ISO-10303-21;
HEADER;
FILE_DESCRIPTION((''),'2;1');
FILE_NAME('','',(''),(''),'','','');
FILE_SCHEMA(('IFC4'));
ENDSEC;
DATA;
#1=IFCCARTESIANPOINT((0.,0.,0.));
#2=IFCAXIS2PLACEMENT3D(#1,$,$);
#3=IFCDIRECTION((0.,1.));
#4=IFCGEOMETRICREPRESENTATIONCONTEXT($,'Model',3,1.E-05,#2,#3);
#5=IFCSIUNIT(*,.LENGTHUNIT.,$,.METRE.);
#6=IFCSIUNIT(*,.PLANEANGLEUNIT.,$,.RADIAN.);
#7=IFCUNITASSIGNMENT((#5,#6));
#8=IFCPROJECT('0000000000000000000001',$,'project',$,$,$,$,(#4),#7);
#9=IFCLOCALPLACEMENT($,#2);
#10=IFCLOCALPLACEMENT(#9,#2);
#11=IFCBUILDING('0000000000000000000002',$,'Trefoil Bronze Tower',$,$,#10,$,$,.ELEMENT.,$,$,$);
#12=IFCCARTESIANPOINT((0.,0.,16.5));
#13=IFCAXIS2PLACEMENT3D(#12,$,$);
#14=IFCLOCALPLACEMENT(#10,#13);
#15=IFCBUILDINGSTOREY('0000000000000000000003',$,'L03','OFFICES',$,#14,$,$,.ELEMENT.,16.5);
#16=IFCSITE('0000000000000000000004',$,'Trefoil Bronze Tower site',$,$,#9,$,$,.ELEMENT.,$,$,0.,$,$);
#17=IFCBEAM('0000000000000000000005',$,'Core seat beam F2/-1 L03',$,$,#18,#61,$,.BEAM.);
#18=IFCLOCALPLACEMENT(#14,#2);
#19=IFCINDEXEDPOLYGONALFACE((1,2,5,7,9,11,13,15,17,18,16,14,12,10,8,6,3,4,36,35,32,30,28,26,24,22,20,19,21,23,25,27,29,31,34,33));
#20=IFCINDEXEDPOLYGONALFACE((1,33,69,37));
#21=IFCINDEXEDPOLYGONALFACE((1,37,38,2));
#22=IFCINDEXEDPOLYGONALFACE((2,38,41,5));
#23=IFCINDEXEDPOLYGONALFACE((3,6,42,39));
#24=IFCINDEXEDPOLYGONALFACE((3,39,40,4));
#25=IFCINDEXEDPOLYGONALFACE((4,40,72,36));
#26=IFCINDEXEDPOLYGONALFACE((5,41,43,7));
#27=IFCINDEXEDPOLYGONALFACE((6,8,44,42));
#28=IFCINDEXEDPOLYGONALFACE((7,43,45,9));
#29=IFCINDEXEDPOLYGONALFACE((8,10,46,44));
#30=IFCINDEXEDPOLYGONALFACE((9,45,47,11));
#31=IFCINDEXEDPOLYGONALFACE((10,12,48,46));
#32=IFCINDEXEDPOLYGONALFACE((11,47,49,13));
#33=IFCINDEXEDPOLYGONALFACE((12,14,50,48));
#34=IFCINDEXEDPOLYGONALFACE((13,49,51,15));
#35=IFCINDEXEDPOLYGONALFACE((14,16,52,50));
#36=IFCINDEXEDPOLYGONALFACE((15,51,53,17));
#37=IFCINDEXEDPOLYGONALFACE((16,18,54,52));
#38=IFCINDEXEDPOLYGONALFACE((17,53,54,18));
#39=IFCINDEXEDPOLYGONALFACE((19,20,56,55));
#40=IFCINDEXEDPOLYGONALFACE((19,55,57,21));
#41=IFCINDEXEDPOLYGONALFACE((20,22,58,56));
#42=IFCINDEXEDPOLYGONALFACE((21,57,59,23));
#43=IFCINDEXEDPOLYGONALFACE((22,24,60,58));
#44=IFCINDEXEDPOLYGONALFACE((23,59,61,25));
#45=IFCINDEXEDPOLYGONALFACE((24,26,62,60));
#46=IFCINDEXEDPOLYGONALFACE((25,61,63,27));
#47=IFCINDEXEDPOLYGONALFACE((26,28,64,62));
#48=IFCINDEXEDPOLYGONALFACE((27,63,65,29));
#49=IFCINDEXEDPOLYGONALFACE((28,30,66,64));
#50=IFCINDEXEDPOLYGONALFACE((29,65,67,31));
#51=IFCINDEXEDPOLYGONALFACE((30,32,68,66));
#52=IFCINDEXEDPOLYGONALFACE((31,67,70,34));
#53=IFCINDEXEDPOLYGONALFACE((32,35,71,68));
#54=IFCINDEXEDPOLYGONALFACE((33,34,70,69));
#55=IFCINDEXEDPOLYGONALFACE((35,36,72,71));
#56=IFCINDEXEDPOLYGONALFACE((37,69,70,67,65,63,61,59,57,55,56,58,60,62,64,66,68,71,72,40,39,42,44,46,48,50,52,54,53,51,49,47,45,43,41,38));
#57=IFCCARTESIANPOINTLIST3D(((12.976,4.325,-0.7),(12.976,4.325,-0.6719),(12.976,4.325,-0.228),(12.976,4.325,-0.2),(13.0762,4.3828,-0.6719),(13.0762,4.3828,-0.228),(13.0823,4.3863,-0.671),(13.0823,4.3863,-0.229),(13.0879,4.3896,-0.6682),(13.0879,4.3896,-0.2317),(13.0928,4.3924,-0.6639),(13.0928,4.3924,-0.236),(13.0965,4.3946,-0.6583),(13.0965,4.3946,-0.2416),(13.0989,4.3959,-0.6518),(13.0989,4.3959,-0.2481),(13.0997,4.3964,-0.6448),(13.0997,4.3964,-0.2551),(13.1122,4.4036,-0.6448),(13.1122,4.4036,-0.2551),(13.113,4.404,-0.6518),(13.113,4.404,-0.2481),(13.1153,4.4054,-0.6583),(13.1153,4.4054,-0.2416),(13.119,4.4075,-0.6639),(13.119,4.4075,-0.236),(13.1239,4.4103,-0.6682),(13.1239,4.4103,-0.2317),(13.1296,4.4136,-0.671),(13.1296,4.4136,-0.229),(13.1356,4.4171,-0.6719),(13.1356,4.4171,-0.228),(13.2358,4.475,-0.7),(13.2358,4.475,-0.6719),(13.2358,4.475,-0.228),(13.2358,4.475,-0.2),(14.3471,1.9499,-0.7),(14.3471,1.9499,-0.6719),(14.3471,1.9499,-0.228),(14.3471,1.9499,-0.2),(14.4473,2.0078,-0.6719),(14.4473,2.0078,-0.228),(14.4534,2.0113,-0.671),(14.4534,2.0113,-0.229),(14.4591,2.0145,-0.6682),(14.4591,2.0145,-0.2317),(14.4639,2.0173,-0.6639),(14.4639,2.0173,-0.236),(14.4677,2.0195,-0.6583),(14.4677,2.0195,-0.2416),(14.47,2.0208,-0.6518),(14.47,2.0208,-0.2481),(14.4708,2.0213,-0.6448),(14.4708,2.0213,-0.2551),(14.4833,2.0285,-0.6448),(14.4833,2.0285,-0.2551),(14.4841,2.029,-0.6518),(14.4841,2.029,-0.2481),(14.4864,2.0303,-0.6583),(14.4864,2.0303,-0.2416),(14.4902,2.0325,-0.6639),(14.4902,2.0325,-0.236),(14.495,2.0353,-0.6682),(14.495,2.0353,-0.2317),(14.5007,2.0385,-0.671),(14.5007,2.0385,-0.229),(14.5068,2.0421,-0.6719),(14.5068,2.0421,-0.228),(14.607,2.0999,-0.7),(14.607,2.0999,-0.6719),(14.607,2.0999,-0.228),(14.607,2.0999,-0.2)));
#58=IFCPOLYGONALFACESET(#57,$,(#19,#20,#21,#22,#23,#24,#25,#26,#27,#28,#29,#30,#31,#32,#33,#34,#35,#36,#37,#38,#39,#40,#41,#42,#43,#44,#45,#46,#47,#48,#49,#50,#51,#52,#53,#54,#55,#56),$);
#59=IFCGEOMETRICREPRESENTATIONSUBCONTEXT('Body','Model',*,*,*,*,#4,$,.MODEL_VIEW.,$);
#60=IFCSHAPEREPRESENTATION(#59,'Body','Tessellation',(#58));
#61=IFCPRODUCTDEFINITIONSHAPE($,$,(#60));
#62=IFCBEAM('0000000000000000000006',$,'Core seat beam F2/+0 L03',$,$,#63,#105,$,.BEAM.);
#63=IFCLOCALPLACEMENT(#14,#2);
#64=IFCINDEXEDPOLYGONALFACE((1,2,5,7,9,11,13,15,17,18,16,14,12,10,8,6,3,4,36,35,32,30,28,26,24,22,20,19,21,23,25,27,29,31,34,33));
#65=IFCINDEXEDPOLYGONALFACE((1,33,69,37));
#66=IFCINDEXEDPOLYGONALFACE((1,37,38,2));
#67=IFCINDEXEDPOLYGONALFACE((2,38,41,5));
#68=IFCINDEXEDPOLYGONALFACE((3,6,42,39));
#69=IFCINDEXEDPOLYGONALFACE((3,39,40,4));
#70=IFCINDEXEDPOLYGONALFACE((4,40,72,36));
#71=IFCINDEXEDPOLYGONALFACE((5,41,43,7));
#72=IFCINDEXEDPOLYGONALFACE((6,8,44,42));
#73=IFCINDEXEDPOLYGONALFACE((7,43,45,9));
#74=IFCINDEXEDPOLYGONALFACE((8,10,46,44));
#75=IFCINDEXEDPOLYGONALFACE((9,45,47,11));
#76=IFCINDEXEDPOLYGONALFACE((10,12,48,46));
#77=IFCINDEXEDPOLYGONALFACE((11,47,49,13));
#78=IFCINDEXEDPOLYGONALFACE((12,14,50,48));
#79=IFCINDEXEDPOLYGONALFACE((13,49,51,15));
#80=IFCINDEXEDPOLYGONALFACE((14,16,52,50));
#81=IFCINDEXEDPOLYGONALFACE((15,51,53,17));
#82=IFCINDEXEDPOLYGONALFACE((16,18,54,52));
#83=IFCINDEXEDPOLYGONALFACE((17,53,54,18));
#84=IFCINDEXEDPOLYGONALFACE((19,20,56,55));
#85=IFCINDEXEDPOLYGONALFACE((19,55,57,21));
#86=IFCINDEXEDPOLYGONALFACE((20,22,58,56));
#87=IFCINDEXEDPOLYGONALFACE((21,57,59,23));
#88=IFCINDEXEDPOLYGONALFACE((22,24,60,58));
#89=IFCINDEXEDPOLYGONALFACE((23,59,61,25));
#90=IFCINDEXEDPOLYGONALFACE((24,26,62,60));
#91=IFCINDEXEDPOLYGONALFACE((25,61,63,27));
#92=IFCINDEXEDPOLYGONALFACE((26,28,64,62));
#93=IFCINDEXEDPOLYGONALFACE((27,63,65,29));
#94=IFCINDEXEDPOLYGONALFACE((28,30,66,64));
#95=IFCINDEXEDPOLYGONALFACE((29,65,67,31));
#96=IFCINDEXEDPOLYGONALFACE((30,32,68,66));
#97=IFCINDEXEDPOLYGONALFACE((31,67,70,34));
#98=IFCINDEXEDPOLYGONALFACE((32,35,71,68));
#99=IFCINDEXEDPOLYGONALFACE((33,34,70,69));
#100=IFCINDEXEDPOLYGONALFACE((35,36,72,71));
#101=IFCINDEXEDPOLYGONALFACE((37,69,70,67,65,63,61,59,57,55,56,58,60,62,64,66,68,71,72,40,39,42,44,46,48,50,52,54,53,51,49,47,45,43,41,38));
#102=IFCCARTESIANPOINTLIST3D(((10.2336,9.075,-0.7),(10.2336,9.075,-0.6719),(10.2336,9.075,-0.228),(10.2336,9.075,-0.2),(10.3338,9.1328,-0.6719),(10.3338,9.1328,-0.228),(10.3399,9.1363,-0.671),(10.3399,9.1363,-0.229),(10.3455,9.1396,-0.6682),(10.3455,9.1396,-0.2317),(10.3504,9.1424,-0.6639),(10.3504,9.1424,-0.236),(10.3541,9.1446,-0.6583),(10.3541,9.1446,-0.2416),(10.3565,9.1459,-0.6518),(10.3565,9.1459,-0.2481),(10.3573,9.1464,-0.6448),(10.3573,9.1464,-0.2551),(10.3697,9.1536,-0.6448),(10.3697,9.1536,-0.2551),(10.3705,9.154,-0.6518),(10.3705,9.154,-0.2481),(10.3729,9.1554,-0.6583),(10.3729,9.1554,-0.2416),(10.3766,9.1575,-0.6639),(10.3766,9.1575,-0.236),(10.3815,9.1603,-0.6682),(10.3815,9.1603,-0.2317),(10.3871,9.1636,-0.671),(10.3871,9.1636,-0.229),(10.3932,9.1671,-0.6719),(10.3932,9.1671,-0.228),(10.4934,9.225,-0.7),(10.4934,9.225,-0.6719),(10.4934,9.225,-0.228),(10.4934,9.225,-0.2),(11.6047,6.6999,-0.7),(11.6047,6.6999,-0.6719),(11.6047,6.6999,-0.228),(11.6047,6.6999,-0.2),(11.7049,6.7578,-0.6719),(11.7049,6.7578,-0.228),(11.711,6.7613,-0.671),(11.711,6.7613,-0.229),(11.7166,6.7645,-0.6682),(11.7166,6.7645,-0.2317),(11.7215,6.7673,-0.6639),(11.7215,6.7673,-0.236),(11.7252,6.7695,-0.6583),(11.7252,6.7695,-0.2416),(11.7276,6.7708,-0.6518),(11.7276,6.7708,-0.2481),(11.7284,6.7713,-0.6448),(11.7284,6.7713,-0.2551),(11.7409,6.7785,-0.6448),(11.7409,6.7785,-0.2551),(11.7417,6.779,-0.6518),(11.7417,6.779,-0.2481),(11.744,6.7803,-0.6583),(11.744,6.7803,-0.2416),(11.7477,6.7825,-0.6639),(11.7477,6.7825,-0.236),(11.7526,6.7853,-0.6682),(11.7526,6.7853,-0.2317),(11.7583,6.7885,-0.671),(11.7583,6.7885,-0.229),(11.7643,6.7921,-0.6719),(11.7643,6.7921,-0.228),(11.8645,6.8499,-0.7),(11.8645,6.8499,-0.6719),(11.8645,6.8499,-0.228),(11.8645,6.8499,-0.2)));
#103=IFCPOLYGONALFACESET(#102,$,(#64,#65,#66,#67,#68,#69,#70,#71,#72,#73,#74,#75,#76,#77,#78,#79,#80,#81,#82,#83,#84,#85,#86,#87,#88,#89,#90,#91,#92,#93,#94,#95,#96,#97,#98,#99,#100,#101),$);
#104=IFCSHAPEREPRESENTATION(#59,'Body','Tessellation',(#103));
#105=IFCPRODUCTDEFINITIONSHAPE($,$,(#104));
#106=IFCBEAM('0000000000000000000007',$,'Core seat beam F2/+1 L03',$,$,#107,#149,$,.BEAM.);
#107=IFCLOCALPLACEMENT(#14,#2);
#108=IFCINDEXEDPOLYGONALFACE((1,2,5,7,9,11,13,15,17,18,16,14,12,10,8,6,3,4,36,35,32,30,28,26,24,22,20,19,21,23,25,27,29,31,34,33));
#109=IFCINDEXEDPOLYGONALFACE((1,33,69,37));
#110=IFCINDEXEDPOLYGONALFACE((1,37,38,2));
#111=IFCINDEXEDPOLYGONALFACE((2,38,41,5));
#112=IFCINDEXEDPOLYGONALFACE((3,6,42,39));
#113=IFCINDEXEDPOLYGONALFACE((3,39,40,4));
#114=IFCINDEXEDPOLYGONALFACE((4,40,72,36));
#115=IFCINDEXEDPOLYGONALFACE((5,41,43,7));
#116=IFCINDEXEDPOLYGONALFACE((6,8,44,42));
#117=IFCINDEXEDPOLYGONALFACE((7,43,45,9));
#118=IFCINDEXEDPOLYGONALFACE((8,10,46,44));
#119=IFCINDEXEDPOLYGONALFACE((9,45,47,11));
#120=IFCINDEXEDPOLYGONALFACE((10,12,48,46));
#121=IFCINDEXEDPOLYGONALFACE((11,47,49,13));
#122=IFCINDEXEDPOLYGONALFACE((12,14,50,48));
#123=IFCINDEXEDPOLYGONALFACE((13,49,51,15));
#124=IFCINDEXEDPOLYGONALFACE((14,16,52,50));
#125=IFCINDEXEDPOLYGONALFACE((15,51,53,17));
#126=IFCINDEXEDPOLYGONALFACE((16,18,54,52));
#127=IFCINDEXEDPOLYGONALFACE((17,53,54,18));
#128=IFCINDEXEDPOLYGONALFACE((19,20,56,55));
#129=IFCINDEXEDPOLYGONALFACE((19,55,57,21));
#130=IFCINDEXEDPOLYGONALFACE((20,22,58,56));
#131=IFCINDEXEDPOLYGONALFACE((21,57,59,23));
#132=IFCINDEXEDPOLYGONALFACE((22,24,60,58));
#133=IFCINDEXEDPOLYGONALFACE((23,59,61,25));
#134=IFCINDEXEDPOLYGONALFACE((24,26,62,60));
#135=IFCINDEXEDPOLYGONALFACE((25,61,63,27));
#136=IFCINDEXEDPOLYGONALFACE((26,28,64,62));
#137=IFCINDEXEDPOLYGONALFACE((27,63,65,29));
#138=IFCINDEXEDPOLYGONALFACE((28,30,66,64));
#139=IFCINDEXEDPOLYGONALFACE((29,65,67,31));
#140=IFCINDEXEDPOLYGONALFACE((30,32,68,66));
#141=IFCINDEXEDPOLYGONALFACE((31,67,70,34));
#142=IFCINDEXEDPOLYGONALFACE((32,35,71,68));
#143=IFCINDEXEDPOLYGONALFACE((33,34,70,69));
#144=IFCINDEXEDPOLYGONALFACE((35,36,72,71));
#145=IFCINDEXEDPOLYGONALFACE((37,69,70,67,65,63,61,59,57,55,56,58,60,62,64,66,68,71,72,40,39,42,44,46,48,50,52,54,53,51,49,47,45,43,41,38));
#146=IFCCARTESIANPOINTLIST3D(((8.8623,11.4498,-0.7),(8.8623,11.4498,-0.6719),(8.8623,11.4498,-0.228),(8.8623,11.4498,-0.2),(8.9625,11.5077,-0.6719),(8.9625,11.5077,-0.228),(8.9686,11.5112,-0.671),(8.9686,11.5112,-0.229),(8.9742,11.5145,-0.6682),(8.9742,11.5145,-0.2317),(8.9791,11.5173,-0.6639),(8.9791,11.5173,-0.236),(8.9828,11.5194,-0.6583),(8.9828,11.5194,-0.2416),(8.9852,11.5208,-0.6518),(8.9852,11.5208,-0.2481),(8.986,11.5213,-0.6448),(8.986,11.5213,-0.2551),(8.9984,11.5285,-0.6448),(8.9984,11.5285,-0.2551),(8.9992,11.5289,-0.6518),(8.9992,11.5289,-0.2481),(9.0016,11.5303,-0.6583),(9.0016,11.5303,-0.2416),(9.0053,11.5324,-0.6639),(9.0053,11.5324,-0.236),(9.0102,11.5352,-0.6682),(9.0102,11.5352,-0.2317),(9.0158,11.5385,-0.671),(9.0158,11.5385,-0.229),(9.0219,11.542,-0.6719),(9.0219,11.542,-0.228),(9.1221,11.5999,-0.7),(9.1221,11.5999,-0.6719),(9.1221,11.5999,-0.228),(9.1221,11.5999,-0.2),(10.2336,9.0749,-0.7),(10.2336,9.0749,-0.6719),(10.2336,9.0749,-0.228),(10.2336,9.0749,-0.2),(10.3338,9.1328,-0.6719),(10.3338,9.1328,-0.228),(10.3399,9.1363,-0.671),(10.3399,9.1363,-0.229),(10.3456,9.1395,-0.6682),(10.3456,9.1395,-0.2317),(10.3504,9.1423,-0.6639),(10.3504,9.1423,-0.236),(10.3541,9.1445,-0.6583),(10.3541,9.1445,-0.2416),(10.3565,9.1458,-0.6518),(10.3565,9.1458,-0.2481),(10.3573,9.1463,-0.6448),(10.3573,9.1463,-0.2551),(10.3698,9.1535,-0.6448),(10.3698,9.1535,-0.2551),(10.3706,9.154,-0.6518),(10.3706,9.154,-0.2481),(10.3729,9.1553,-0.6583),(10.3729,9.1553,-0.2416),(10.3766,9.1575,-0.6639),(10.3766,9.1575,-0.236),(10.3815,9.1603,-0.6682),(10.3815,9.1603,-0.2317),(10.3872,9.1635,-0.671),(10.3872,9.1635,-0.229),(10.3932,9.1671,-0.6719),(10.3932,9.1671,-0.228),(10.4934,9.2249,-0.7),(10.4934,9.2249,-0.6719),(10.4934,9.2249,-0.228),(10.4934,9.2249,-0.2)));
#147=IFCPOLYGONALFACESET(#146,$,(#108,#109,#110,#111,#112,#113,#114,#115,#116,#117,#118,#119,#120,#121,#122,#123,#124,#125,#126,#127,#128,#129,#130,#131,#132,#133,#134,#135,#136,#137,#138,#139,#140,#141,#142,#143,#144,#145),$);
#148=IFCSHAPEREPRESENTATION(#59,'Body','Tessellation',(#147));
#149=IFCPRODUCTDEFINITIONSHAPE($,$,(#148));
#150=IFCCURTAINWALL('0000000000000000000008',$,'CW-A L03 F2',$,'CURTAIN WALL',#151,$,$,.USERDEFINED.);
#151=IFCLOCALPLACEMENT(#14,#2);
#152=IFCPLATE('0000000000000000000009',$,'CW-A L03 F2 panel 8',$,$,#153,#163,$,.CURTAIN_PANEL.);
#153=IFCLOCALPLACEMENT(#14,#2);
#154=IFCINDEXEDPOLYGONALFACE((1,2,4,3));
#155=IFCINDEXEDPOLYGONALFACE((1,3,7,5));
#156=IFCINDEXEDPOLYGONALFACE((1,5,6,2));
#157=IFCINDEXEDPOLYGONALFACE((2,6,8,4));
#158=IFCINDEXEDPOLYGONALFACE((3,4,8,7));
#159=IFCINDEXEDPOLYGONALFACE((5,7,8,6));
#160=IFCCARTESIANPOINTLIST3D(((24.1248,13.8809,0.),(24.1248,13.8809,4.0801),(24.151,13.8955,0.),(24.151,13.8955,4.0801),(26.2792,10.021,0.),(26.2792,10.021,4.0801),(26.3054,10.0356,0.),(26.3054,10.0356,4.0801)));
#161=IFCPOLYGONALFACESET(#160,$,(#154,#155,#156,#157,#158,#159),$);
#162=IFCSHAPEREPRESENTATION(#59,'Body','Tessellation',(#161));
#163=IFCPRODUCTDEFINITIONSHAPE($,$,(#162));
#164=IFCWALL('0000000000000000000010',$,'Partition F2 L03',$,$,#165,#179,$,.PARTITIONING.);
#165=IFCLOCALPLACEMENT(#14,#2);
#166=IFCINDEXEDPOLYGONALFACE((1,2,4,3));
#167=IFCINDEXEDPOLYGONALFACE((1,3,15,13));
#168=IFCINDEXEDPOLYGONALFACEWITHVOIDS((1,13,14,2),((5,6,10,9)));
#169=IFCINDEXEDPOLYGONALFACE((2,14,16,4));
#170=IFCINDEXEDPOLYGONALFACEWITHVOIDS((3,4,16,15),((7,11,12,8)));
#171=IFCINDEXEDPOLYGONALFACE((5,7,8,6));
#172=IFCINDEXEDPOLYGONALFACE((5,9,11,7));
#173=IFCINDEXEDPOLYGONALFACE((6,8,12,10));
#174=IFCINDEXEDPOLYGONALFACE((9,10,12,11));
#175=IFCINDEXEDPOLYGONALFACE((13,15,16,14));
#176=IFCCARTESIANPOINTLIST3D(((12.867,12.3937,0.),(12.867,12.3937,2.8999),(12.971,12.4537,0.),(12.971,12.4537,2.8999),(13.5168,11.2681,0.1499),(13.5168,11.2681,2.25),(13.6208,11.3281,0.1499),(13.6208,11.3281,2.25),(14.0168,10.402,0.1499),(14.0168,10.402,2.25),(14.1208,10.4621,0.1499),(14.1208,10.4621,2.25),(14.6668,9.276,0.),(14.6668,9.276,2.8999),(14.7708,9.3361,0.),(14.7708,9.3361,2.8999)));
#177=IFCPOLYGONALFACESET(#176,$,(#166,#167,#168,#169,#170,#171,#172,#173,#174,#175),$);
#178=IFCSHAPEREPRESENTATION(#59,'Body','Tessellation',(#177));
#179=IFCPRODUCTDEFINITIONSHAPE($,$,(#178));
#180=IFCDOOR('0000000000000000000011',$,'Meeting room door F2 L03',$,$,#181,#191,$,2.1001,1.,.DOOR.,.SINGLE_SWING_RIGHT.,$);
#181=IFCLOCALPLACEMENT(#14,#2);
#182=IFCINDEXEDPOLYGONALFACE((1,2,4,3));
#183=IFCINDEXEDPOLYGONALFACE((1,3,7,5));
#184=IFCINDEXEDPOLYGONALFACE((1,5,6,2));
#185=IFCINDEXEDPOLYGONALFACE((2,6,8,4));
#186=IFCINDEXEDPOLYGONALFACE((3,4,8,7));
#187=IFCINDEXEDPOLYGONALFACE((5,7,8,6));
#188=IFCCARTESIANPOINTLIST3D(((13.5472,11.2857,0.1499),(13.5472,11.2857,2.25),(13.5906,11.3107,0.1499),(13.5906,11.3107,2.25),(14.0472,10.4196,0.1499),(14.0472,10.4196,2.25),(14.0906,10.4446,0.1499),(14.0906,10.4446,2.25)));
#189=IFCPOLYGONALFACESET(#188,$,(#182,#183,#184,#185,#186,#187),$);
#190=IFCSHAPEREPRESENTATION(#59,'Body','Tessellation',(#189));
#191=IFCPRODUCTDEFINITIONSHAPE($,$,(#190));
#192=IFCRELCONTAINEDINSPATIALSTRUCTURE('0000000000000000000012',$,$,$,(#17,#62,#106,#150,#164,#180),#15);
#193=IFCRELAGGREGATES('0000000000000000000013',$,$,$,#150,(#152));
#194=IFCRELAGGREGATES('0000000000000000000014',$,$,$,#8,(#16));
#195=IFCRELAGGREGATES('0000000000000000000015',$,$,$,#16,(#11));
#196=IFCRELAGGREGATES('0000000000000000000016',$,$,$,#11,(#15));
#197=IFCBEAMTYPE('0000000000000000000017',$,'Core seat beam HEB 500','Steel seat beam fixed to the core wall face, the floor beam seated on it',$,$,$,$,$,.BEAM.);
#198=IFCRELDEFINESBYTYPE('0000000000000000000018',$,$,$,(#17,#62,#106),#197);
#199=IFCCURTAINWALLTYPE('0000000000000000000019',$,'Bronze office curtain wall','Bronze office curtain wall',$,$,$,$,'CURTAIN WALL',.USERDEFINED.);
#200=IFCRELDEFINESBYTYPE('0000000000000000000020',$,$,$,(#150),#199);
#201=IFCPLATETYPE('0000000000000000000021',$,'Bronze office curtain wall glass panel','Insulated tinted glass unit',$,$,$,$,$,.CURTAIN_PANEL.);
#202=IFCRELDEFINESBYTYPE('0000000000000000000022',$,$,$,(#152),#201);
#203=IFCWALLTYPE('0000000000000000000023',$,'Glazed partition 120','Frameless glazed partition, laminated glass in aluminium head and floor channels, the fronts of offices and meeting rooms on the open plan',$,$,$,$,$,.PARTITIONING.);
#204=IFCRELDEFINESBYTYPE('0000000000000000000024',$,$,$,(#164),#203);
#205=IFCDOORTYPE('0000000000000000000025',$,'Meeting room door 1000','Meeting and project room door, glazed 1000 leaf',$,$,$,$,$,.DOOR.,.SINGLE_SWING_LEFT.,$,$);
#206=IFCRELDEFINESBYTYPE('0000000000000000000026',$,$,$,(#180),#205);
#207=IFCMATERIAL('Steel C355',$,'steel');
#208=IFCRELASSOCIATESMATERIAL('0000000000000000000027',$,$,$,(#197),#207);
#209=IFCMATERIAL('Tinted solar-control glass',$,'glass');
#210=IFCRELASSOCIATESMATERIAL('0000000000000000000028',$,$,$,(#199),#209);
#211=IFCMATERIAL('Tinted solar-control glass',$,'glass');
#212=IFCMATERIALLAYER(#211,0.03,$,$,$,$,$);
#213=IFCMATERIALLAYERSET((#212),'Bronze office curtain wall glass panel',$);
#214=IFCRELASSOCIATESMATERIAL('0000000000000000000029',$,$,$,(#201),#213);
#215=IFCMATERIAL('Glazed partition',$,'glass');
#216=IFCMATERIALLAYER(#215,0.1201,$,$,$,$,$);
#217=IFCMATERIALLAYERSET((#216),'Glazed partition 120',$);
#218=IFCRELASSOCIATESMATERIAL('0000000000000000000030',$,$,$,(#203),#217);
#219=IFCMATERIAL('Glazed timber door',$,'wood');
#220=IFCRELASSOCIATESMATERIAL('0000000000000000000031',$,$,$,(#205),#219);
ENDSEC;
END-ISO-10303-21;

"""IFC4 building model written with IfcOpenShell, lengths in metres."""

from ifc_helpers import new_model, si_unit, direction, frame, frame_2d, origin, origin_2d, place, context, subcontext, project, spatial, rectangle, i_section, extrude, material, layer, layer_set, material_profile, profile_set, type_object, element, fill, aggregate, save


model = new_model("IFC4")

# Units and contexts
model_context = context("Model", 3, precision=1e-05, world=origin(), true_north=direction((0.0, 1.0)))
body_context = subcontext(model_context, "Body", "Model", "MODEL_VIEW")
ifc_project = project(units=[si_unit("LENGTHUNIT", "METRE"), si_unit("PLANEANGLEUNIT", "RADIAN")], contexts=[model_context])

# Site, building, storey
site_placement = place(None, origin())
site = spatial("IfcSite", under=ifc_project, at=site_placement, Name="Trefoil Bronze Tower site", CompositionType="ELEMENT", RefElevation=0.0)
building_placement = place(site_placement, origin())
building = spatial("IfcBuilding", under=site, at=building_placement, Name="Trefoil Bronze Tower", CompositionType="ELEMENT")
storey_placement = place(building_placement, frame((0.0, 0.0, 16.5)))
storey = spatial("IfcBuildingStorey", under=building, at=storey_placement, Name="L03", Description="OFFICES", CompositionType="ELEMENT", Elevation=16.5)

# Beams
ifc_material_1 = material(Name="Steel C355", Category="steel")
ifc_material_profile = material_profile(ifc_material_1, i_section(OverallWidth=0.3, OverallDepth=0.5, WebThickness=0.0144, FlangeThickness=0.0281, FilletRadius=0.0271, at=origin_2d()), Name="HEB 500")
ifc_profile_set = profile_set([ifc_material_profile], Name="Steel C355")
beam_type = type_object("IfcBeamType", Name="Core seat beam HEB 500", Description="Steel seat beam fixed to the core wall face, the floor beam seated on it", PredefinedType="BEAM", material=ifc_profile_set)
for number, where, z_axis, x_axis, name in (
    (1, (14.4771, 2.0249, -0.45), (-0.499969, 0.866043, 0.0), (-0.866043, -0.499969, 0.0), "Core seat beam F2/-1 L03"),
    (2, (11.7346, 6.7749, -0.45), (-0.499969, 0.866043, 0.0), (-0.866043, -0.499969, 0.0), "Core seat beam F2/+0 L03"),
    (3, (10.3635, 9.1499, -0.45), (-0.500036, 0.866005, 0.0), (-0.866005, -0.500036, 0.0), "Core seat beam F2/+1 L03"),
):
    element("IfcBeam", number, at=place(storey_placement, frame(where, z_axis=z_axis, x_axis=x_axis)), inside=storey, type_object=beam_type, Name=name, PredefinedType="BEAM", context=body_context, shape_type="SweptSolid", body=[
        extrude(i_section(OverallWidth=0.3, OverallDepth=0.5, WebThickness=0.0144, FlangeThickness=0.0281, FilletRadius=0.0271, at=origin_2d()), origin(), (0.0, 0.0, 1.0), 2.7424),
    ])

# Curtain wall, plate
ifc_material_2 = material(Name="Tinted solar-control glass", Category="glass")
curtain_wall_type = type_object("IfcCurtainWallType", Name="Bronze office curtain wall", Description="Bronze office curtain wall", ElementType="CURTAIN WALL", PredefinedType="USERDEFINED", material=ifc_material_2)
curtain_wall_placement = place(storey_placement, origin())
curtain_wall = element("IfcCurtainWall", 4, at=curtain_wall_placement, inside=storey, type_object=curtain_wall_type, Name="CW-A L03 F2", ObjectType="CURTAIN WALL", PredefinedType="USERDEFINED")
ifc_material_3 = material(Name="Tinted solar-control glass", Category="glass")
ifc_layer_1 = layer(ifc_material_3, 0.03)
ifc_layer_set_1 = layer_set([ifc_layer_1], Name="Bronze office curtain wall glass panel")
plate_type = type_object("IfcPlateType", Name="Bronze office curtain wall glass panel", Description="Insulated tinted glass unit", PredefinedType="CURTAIN_PANEL", material=ifc_layer_set_1)
plate_placement = place(storey_placement, frame((25.2151, 11.9583, 0.0), z_axis=(0.0, 0.0, 1.0), x_axis=(-0.487382, 0.873189, 0.0)))
plate = element("IfcPlate", 5, at=plate_placement, type_object=plate_type, Name="CW-A L03 F2 panel 8", PredefinedType="CURTAIN_PANEL", context=body_context, shape_type="SweptSolid", body=[
    extrude(rectangle(XDim=4.4204, YDim=0.03, at=origin_2d()), origin(), (0.0, 0.0, 1.0), 4.0801),
])
aggregate(curtain_wall, [plate])

# Wall, opening, door
ifc_material_4 = material(Name="Glazed partition", Category="glass")
ifc_layer_2 = layer(ifc_material_4, 0.1201)
ifc_layer_set_2 = layer_set([ifc_layer_2], Name="Glazed partition 120")
wall_type_1 = type_object("IfcWallType", Name="Glazed partition 120", Description="Frameless glazed partition, laminated glass in aluminium head and floor channels, the fronts of offices and meeting rooms on the open plan", PredefinedType="PARTITIONING", material=ifc_layer_set_2)
wall_1_placement = place(storey_placement, frame((14.7188, 9.3062, 0.0), z_axis=(0.0, 0.0, 1.0), x_axis=(-0.499961, 0.866048, 0.0)))
wall_1 = element("IfcWall", 6, at=wall_1_placement, inside=storey, type_object=wall_type_1, Name="Partition F2 L03", PredefinedType="PARTITIONING", context=body_context, shape_type="SweptSolid", body=[
    extrude(rectangle(XDim=3.5999, YDim=0.1201, at=frame_2d((1.7998, 0.0))), origin(), (0.0, 0.0, 1.0), 2.8999),
])
opening_1_placement = place(wall_1_placement, frame((1.3, 0.0, 0.1499)))
opening_1 = element("IfcOpeningElement", 7, at=opening_1_placement, cuts=wall_1, PredefinedType="OPENING", context=body_context, shape_type="SweptSolid", body=[
    extrude(rectangle(XDim=1.0, YDim=2.1001, at=frame_2d((0.5, 1.05))), frame((0.0, 0.0701, 0.0), z_axis=(0.0, -1.0, 0.0), x_axis=(1.0, 0.0, 0.0)), (0.0, 0.0, 1.0), 0.1401),
])
ifc_material_5 = material(Name="Glazed timber door", Category="wood")
door_type_1 = type_object("IfcDoorType", Name="Meeting room door 1000", Description="Meeting and project room door, glazed 1000 leaf", OperationType="SINGLE_SWING_LEFT", PredefinedType="DOOR", material=ifc_material_5)
door_1_placement = place(opening_1_placement, origin())
door_1 = element("IfcDoor", 8, at=door_1_placement, inside=storey, type_object=door_type_1, Name="Meeting room door F2 L03", OperationType="SINGLE_SWING_RIGHT", OverallHeight=2.1001, OverallWidth=1.0, PredefinedType="DOOR", context=body_context, shape_type="SweptSolid", body=[
    extrude(rectangle(XDim=1.0, YDim=2.1001, at=frame_2d((0.5, 1.05))), frame((0.0, 0.0249, 0.0), z_axis=(0.0, -1.0, 0.0), x_axis=(1.0, 0.0, 0.0)), (0.0, 0.0, 1.0), 0.05),
])
fill(opening_1, door_1)

save(model, "model.ifc")
